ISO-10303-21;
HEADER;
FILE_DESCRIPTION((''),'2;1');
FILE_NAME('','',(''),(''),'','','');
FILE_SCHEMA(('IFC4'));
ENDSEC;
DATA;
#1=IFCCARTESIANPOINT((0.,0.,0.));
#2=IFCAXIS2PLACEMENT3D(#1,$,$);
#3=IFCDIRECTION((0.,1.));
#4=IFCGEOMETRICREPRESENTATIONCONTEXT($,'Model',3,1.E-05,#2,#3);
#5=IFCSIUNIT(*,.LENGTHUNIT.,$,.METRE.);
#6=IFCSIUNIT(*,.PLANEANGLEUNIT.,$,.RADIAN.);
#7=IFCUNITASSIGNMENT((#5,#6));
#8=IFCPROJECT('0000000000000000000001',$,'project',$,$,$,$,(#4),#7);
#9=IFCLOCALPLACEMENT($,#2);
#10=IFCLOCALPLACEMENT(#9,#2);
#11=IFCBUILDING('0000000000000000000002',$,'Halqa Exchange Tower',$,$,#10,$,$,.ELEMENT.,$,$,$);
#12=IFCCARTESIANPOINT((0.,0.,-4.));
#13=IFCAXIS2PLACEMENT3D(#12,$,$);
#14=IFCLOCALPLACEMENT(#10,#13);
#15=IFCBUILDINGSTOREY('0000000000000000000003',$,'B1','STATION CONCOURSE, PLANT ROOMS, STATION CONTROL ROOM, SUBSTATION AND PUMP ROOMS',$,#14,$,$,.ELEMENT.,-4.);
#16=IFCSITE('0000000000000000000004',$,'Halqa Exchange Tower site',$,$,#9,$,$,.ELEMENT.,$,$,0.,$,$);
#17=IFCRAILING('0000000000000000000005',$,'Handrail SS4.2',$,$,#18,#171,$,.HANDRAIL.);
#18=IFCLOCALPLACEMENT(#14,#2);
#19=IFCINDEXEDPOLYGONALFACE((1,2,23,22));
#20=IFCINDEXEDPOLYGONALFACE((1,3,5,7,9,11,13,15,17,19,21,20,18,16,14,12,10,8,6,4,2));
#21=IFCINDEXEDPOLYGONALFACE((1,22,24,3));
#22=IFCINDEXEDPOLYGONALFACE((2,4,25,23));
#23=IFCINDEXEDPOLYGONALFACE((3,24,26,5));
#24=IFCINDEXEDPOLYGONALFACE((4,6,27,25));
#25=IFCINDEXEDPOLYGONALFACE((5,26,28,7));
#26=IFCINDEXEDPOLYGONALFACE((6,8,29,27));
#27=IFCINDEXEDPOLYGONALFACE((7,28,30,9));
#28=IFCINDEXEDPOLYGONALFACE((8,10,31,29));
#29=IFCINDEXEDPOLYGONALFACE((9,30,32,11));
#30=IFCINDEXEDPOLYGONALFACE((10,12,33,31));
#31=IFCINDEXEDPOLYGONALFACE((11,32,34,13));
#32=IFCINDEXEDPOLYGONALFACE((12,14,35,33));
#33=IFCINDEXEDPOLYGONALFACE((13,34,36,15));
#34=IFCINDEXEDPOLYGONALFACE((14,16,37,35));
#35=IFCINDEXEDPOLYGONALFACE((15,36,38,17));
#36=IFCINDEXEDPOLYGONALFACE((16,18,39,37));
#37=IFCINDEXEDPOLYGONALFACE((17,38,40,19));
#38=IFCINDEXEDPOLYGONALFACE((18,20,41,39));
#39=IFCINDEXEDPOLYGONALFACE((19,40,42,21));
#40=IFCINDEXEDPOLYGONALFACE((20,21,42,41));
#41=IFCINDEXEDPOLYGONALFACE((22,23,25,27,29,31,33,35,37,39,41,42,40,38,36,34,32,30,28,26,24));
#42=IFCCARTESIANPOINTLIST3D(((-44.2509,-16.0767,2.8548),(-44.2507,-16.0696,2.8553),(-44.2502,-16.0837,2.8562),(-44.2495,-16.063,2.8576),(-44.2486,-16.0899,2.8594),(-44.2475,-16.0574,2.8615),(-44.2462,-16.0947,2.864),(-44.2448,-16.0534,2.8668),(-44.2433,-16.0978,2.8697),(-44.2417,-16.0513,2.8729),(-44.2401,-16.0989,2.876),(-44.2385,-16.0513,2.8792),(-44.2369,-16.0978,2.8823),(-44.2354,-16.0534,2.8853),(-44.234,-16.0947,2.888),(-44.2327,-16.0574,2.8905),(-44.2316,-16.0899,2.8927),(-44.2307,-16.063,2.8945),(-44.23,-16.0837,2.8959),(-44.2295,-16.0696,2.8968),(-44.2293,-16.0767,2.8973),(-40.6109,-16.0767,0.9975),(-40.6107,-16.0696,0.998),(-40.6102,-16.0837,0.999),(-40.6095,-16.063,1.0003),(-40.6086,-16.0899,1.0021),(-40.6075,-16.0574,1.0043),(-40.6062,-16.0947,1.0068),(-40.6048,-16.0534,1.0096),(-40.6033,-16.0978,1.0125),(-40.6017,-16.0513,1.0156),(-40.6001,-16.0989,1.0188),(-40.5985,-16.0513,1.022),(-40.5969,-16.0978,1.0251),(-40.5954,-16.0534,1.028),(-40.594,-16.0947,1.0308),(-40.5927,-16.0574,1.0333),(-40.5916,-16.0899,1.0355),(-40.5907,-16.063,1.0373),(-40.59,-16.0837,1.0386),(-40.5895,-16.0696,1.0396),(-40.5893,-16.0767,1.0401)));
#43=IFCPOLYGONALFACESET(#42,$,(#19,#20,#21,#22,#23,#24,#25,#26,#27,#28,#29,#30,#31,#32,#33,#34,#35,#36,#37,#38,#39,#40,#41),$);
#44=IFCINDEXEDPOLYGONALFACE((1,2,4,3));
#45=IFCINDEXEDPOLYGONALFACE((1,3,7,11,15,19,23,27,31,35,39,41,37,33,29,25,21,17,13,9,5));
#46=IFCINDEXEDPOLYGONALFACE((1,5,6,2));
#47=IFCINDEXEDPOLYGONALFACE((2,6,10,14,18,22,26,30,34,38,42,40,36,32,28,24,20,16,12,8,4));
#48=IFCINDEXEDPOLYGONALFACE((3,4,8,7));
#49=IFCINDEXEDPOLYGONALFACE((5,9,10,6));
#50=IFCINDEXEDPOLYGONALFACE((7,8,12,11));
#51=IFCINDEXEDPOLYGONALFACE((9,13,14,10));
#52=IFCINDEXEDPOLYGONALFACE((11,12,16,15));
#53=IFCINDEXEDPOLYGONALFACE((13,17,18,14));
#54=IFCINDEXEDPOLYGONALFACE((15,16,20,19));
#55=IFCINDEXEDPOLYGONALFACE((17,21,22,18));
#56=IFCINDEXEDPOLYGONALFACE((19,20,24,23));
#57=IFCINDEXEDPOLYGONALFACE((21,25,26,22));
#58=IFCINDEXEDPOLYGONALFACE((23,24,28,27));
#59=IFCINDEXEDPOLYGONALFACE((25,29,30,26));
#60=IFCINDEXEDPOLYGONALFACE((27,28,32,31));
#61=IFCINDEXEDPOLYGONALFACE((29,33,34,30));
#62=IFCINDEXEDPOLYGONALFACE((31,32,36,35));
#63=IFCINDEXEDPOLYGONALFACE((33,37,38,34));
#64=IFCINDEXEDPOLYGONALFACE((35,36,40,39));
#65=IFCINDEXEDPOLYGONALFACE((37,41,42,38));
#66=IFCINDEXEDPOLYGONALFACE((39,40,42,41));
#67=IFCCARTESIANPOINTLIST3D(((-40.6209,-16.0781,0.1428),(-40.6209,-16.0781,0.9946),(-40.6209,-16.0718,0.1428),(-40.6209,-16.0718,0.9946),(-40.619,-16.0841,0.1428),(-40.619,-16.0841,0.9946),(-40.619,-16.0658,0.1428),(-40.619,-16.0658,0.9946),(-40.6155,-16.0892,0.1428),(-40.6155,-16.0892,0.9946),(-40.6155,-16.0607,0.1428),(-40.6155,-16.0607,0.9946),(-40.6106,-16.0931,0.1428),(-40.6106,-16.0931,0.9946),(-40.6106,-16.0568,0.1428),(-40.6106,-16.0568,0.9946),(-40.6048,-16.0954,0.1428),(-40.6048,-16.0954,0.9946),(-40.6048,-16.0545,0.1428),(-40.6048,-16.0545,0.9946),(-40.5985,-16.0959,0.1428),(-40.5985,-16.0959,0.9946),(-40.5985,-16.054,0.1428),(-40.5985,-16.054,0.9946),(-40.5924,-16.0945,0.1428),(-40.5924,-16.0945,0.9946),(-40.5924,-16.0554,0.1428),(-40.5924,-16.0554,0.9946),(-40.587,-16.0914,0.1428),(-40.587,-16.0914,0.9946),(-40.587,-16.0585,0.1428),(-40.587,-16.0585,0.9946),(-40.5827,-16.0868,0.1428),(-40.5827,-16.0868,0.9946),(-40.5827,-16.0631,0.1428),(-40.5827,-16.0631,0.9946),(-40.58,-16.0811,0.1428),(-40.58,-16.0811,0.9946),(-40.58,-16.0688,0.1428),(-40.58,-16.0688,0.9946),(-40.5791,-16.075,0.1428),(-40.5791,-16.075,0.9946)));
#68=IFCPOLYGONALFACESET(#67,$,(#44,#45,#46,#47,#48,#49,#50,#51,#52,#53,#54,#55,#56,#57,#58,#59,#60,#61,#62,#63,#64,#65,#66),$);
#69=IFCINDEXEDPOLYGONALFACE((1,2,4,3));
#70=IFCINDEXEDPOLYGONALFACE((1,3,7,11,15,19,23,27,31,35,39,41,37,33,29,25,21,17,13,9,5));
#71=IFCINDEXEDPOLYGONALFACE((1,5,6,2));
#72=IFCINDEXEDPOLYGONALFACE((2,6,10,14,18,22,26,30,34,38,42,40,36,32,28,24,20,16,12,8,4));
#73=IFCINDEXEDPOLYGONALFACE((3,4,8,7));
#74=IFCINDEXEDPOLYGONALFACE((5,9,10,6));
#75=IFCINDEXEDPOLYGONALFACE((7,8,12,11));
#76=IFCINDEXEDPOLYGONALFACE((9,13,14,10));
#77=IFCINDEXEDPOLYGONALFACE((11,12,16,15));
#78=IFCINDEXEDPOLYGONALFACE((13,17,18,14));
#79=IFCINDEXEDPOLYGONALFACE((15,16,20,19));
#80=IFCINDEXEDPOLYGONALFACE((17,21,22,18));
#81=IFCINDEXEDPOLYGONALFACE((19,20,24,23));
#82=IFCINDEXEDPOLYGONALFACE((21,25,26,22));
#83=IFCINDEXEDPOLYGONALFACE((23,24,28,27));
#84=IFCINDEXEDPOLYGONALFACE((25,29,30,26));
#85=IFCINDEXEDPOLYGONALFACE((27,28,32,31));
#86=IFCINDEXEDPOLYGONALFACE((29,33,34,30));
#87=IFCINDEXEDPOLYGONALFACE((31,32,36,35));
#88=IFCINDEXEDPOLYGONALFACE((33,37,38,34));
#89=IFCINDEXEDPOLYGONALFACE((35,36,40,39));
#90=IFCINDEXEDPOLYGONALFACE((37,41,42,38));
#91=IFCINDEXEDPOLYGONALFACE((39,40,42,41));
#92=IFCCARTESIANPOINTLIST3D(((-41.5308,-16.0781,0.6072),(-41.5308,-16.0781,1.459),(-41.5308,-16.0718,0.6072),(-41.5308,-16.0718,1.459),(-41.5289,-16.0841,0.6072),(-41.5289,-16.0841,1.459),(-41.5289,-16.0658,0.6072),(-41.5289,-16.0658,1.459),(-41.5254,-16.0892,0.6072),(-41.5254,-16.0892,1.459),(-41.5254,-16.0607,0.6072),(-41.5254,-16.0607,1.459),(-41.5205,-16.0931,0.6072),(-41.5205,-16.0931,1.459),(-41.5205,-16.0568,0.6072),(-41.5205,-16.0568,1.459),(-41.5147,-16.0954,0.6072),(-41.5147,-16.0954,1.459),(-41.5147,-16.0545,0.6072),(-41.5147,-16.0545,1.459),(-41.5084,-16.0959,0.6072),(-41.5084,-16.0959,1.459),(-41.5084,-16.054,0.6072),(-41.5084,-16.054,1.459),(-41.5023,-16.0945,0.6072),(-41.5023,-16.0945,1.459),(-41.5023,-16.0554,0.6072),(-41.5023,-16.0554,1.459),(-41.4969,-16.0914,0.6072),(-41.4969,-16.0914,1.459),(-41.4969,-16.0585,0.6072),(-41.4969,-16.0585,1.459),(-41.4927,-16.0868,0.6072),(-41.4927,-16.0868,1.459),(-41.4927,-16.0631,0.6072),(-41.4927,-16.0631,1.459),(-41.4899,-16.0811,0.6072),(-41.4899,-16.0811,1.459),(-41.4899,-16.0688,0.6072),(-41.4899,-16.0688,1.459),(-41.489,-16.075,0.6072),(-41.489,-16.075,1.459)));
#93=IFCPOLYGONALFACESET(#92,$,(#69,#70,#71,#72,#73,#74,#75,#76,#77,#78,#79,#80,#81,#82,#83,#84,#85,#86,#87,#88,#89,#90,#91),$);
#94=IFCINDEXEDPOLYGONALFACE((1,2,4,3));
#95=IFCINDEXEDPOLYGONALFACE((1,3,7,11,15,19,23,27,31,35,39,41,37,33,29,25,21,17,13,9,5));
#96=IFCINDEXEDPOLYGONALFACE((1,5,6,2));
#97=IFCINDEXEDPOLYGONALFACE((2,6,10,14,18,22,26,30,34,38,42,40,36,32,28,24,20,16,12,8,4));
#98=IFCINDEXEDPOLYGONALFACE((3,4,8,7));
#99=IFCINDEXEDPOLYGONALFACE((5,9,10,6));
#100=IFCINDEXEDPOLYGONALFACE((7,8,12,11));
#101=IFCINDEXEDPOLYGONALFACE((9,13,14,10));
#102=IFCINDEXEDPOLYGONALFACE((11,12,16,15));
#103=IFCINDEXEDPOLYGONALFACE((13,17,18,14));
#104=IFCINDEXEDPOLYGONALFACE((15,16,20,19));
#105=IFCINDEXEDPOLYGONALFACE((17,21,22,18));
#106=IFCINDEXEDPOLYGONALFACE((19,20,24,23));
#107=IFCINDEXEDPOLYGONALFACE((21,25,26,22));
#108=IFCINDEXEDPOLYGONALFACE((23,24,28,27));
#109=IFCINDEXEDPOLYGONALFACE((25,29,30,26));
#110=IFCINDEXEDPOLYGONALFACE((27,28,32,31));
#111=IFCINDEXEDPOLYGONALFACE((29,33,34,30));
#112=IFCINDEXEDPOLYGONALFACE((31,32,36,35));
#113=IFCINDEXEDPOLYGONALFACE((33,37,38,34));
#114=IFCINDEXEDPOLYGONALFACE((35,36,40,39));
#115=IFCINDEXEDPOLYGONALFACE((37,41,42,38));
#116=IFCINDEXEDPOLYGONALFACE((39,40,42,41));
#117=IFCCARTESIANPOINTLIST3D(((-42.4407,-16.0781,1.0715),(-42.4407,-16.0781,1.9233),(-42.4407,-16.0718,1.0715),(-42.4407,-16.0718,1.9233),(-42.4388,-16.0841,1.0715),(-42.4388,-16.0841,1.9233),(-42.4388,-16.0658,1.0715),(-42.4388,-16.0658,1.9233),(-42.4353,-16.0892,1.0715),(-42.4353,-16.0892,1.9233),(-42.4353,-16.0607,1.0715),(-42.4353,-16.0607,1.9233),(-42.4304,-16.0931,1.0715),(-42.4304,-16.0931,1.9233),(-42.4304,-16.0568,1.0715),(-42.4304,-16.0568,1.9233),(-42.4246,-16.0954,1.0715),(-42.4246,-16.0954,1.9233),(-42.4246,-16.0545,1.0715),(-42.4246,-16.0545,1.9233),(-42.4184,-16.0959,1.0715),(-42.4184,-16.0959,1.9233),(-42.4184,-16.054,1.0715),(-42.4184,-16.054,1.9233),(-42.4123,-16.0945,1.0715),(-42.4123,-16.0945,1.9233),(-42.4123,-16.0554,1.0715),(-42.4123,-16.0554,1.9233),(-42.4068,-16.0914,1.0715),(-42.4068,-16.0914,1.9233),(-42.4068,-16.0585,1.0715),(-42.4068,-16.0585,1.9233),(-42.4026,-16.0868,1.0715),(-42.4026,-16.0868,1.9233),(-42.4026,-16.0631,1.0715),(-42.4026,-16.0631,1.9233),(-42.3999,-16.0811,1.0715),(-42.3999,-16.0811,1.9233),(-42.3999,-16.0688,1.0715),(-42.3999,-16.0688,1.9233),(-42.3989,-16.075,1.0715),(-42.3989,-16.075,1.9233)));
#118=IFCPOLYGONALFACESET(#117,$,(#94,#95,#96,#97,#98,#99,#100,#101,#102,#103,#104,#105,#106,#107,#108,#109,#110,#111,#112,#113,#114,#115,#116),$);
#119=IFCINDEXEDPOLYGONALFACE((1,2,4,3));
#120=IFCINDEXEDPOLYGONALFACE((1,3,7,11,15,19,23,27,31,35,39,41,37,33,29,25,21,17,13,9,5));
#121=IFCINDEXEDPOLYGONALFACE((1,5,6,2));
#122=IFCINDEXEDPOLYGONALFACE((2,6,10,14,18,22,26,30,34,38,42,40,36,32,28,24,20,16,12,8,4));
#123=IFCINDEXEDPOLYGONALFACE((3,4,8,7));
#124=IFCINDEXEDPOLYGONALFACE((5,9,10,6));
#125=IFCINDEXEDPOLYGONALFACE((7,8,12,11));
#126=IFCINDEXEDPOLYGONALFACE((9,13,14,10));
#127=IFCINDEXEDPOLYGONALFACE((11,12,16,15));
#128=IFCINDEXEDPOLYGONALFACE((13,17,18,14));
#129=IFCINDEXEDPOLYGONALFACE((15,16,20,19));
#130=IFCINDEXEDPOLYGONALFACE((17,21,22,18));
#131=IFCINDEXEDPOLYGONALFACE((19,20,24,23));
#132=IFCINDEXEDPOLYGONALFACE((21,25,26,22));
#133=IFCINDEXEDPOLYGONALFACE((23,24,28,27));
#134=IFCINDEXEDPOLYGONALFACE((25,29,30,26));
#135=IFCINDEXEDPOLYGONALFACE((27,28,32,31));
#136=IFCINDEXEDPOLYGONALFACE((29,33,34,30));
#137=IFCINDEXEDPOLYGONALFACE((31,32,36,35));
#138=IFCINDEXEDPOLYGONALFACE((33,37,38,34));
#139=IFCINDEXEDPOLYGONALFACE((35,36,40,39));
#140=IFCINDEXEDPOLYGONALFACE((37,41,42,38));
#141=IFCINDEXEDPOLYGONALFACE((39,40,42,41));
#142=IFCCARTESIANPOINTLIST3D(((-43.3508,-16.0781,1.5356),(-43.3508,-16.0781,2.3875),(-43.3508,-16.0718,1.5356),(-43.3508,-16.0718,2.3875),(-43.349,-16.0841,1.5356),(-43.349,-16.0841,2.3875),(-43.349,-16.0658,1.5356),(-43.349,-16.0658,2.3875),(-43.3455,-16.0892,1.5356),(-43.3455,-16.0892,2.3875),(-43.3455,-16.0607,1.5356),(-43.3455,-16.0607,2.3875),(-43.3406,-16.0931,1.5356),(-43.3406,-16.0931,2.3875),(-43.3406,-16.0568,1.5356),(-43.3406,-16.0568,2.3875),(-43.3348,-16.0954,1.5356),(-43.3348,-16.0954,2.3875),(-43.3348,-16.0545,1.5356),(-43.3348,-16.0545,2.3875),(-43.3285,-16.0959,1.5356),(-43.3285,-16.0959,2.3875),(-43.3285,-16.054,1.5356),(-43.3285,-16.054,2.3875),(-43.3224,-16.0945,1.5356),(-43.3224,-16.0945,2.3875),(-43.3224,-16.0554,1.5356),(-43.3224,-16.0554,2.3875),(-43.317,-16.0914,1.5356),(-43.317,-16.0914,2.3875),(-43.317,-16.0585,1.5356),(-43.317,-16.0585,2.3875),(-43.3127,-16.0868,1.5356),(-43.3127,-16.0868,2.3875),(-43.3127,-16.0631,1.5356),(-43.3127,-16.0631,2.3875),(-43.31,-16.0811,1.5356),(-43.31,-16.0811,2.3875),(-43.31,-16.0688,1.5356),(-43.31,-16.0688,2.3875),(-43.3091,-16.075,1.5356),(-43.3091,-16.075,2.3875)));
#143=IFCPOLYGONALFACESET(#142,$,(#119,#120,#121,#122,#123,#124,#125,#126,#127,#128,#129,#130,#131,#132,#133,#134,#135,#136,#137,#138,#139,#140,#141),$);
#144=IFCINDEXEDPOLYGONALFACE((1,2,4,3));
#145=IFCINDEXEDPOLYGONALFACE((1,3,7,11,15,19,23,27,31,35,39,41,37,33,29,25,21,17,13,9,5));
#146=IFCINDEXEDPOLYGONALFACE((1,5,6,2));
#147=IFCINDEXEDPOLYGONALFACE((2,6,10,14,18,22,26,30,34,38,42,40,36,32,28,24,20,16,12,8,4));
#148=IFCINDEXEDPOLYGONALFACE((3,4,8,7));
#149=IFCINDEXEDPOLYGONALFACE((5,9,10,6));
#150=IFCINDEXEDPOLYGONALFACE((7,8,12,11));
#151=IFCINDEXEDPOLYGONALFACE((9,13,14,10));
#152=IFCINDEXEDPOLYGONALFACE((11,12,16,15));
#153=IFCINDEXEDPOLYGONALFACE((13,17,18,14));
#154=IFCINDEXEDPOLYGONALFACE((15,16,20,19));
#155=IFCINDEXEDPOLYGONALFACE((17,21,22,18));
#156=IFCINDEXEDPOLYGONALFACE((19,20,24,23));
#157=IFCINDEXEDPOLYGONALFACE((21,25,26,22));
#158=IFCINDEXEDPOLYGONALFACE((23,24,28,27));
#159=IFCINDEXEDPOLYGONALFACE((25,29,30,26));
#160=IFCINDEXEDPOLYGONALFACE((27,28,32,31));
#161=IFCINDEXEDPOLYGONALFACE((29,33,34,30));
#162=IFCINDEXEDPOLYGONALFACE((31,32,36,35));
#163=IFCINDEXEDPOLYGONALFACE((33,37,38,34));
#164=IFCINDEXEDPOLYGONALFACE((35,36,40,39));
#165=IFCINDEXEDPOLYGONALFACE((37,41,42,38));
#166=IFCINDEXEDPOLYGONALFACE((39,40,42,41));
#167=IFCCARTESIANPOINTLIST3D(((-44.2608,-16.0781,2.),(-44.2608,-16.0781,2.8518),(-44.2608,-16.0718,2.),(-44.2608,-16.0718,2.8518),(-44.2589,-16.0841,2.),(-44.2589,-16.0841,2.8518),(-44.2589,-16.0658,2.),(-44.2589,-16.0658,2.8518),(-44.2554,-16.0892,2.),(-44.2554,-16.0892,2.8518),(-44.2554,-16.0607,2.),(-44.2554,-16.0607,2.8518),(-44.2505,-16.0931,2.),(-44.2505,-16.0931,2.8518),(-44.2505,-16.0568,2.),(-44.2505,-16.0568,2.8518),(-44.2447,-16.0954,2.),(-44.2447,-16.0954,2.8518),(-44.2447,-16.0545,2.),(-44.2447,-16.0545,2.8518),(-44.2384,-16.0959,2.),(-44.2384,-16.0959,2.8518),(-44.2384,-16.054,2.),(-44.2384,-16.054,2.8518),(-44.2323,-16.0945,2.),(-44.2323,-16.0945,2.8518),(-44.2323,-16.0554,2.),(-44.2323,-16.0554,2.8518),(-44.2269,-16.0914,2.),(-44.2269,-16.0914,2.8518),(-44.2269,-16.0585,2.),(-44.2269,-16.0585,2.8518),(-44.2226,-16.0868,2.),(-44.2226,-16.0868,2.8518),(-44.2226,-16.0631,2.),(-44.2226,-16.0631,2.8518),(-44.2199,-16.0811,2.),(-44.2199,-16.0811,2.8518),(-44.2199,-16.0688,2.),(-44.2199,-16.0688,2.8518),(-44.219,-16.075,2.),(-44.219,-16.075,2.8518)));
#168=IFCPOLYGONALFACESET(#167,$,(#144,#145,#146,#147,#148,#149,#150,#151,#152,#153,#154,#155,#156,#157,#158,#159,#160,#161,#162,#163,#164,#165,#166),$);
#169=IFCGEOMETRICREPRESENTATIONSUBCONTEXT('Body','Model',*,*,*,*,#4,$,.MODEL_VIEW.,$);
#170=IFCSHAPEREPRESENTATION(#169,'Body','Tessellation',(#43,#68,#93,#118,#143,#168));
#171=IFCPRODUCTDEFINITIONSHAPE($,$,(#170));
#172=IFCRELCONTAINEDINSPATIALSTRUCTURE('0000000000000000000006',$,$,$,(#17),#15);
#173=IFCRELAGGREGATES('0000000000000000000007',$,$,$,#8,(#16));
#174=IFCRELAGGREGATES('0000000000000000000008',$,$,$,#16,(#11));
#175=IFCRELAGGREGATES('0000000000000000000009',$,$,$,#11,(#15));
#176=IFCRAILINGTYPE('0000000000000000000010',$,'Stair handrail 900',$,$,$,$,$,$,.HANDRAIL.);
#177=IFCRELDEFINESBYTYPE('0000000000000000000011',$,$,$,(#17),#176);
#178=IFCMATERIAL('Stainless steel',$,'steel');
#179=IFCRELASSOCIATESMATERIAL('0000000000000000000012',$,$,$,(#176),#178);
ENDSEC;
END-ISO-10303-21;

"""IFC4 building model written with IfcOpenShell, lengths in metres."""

from ifc_helpers import new_model, si_unit, direction, frame, origin, origin_2d, place, context, subcontext, project, spatial, circle, extrude, material, type_object, element, save


model = new_model("IFC4")

# Units and contexts
model_context = context("Model", 3, precision=1e-05, world=origin(), true_north=direction((0.0, 1.0)))
body_context = subcontext(model_context, "Body", "Model", "MODEL_VIEW")
ifc_project = project(units=[si_unit("LENGTHUNIT", "METRE"), si_unit("PLANEANGLEUNIT", "RADIAN")], contexts=[model_context])

# Site, building, storey
site_placement = place(None, origin())
site = spatial("IfcSite", under=ifc_project, at=site_placement, Name="Halqa Exchange Tower site", CompositionType="ELEMENT", RefElevation=0.0)
building_placement = place(site_placement, origin())
building = spatial("IfcBuilding", under=site, at=building_placement, Name="Halqa Exchange Tower", CompositionType="ELEMENT")
storey_placement = place(building_placement, frame((0.0, 0.0, -4.0)))
storey = spatial("IfcBuildingStorey", under=building, at=storey_placement, Name="B1", Description="STATION CONCOURSE, PLANT ROOMS, STATION CONTROL ROOM, SUBSTATION AND PUMP ROOMS", CompositionType="ELEMENT", Elevation=-4.0)

# Railing
ifc_material_1 = material(Name="Stainless steel", Category="steel")
railing_type = type_object("IfcRailingType", Name="Stair handrail 900", PredefinedType="HANDRAIL", material=ifc_material_1)
railing_1_placement = place(storey_placement, frame((-40.6001, -16.075, 0.1428)))
element("IfcRailing", 1, at=railing_1_placement, inside=storey, type_object=railing_type, Name="Handrail SS4.2", PredefinedType="HANDRAIL", context=body_context, shape_type="SweptSolid", body=[
    extrude(circle(Radius=0.0239, at=origin_2d()), frame((0.0, 0.0, 0.876), z_axis=(-0.890753, 0.0, 0.454488), x_axis=(0.0, -1.0, 0.0)), (0.0, 0.0, 1.0), 4.0864),
    extrude(circle(Radius=0.021, at=origin_2d()), origin(), (0.0, 0.0, 1.0), 0.8518),
    extrude(circle(Radius=0.021, at=origin_2d()), frame((-0.9099, 0.0, 0.4644)), (0.0, 0.0, 1.0), 0.8518),
    extrude(circle(Radius=0.021, at=origin_2d()), frame((-1.8198, 0.0, 0.9287)), (0.0, 0.0, 1.0), 0.8518),
    extrude(circle(Radius=0.021, at=origin_2d()), frame((-2.73, 0.0, 1.3928)), (0.0, 0.0, 1.0), 0.8518),
    extrude(circle(Radius=0.021, at=origin_2d()), frame((-3.6399, 0.0, 1.8572)), (0.0, 0.0, 1.0), 0.8518),
])

save(model, "model.ifc")
